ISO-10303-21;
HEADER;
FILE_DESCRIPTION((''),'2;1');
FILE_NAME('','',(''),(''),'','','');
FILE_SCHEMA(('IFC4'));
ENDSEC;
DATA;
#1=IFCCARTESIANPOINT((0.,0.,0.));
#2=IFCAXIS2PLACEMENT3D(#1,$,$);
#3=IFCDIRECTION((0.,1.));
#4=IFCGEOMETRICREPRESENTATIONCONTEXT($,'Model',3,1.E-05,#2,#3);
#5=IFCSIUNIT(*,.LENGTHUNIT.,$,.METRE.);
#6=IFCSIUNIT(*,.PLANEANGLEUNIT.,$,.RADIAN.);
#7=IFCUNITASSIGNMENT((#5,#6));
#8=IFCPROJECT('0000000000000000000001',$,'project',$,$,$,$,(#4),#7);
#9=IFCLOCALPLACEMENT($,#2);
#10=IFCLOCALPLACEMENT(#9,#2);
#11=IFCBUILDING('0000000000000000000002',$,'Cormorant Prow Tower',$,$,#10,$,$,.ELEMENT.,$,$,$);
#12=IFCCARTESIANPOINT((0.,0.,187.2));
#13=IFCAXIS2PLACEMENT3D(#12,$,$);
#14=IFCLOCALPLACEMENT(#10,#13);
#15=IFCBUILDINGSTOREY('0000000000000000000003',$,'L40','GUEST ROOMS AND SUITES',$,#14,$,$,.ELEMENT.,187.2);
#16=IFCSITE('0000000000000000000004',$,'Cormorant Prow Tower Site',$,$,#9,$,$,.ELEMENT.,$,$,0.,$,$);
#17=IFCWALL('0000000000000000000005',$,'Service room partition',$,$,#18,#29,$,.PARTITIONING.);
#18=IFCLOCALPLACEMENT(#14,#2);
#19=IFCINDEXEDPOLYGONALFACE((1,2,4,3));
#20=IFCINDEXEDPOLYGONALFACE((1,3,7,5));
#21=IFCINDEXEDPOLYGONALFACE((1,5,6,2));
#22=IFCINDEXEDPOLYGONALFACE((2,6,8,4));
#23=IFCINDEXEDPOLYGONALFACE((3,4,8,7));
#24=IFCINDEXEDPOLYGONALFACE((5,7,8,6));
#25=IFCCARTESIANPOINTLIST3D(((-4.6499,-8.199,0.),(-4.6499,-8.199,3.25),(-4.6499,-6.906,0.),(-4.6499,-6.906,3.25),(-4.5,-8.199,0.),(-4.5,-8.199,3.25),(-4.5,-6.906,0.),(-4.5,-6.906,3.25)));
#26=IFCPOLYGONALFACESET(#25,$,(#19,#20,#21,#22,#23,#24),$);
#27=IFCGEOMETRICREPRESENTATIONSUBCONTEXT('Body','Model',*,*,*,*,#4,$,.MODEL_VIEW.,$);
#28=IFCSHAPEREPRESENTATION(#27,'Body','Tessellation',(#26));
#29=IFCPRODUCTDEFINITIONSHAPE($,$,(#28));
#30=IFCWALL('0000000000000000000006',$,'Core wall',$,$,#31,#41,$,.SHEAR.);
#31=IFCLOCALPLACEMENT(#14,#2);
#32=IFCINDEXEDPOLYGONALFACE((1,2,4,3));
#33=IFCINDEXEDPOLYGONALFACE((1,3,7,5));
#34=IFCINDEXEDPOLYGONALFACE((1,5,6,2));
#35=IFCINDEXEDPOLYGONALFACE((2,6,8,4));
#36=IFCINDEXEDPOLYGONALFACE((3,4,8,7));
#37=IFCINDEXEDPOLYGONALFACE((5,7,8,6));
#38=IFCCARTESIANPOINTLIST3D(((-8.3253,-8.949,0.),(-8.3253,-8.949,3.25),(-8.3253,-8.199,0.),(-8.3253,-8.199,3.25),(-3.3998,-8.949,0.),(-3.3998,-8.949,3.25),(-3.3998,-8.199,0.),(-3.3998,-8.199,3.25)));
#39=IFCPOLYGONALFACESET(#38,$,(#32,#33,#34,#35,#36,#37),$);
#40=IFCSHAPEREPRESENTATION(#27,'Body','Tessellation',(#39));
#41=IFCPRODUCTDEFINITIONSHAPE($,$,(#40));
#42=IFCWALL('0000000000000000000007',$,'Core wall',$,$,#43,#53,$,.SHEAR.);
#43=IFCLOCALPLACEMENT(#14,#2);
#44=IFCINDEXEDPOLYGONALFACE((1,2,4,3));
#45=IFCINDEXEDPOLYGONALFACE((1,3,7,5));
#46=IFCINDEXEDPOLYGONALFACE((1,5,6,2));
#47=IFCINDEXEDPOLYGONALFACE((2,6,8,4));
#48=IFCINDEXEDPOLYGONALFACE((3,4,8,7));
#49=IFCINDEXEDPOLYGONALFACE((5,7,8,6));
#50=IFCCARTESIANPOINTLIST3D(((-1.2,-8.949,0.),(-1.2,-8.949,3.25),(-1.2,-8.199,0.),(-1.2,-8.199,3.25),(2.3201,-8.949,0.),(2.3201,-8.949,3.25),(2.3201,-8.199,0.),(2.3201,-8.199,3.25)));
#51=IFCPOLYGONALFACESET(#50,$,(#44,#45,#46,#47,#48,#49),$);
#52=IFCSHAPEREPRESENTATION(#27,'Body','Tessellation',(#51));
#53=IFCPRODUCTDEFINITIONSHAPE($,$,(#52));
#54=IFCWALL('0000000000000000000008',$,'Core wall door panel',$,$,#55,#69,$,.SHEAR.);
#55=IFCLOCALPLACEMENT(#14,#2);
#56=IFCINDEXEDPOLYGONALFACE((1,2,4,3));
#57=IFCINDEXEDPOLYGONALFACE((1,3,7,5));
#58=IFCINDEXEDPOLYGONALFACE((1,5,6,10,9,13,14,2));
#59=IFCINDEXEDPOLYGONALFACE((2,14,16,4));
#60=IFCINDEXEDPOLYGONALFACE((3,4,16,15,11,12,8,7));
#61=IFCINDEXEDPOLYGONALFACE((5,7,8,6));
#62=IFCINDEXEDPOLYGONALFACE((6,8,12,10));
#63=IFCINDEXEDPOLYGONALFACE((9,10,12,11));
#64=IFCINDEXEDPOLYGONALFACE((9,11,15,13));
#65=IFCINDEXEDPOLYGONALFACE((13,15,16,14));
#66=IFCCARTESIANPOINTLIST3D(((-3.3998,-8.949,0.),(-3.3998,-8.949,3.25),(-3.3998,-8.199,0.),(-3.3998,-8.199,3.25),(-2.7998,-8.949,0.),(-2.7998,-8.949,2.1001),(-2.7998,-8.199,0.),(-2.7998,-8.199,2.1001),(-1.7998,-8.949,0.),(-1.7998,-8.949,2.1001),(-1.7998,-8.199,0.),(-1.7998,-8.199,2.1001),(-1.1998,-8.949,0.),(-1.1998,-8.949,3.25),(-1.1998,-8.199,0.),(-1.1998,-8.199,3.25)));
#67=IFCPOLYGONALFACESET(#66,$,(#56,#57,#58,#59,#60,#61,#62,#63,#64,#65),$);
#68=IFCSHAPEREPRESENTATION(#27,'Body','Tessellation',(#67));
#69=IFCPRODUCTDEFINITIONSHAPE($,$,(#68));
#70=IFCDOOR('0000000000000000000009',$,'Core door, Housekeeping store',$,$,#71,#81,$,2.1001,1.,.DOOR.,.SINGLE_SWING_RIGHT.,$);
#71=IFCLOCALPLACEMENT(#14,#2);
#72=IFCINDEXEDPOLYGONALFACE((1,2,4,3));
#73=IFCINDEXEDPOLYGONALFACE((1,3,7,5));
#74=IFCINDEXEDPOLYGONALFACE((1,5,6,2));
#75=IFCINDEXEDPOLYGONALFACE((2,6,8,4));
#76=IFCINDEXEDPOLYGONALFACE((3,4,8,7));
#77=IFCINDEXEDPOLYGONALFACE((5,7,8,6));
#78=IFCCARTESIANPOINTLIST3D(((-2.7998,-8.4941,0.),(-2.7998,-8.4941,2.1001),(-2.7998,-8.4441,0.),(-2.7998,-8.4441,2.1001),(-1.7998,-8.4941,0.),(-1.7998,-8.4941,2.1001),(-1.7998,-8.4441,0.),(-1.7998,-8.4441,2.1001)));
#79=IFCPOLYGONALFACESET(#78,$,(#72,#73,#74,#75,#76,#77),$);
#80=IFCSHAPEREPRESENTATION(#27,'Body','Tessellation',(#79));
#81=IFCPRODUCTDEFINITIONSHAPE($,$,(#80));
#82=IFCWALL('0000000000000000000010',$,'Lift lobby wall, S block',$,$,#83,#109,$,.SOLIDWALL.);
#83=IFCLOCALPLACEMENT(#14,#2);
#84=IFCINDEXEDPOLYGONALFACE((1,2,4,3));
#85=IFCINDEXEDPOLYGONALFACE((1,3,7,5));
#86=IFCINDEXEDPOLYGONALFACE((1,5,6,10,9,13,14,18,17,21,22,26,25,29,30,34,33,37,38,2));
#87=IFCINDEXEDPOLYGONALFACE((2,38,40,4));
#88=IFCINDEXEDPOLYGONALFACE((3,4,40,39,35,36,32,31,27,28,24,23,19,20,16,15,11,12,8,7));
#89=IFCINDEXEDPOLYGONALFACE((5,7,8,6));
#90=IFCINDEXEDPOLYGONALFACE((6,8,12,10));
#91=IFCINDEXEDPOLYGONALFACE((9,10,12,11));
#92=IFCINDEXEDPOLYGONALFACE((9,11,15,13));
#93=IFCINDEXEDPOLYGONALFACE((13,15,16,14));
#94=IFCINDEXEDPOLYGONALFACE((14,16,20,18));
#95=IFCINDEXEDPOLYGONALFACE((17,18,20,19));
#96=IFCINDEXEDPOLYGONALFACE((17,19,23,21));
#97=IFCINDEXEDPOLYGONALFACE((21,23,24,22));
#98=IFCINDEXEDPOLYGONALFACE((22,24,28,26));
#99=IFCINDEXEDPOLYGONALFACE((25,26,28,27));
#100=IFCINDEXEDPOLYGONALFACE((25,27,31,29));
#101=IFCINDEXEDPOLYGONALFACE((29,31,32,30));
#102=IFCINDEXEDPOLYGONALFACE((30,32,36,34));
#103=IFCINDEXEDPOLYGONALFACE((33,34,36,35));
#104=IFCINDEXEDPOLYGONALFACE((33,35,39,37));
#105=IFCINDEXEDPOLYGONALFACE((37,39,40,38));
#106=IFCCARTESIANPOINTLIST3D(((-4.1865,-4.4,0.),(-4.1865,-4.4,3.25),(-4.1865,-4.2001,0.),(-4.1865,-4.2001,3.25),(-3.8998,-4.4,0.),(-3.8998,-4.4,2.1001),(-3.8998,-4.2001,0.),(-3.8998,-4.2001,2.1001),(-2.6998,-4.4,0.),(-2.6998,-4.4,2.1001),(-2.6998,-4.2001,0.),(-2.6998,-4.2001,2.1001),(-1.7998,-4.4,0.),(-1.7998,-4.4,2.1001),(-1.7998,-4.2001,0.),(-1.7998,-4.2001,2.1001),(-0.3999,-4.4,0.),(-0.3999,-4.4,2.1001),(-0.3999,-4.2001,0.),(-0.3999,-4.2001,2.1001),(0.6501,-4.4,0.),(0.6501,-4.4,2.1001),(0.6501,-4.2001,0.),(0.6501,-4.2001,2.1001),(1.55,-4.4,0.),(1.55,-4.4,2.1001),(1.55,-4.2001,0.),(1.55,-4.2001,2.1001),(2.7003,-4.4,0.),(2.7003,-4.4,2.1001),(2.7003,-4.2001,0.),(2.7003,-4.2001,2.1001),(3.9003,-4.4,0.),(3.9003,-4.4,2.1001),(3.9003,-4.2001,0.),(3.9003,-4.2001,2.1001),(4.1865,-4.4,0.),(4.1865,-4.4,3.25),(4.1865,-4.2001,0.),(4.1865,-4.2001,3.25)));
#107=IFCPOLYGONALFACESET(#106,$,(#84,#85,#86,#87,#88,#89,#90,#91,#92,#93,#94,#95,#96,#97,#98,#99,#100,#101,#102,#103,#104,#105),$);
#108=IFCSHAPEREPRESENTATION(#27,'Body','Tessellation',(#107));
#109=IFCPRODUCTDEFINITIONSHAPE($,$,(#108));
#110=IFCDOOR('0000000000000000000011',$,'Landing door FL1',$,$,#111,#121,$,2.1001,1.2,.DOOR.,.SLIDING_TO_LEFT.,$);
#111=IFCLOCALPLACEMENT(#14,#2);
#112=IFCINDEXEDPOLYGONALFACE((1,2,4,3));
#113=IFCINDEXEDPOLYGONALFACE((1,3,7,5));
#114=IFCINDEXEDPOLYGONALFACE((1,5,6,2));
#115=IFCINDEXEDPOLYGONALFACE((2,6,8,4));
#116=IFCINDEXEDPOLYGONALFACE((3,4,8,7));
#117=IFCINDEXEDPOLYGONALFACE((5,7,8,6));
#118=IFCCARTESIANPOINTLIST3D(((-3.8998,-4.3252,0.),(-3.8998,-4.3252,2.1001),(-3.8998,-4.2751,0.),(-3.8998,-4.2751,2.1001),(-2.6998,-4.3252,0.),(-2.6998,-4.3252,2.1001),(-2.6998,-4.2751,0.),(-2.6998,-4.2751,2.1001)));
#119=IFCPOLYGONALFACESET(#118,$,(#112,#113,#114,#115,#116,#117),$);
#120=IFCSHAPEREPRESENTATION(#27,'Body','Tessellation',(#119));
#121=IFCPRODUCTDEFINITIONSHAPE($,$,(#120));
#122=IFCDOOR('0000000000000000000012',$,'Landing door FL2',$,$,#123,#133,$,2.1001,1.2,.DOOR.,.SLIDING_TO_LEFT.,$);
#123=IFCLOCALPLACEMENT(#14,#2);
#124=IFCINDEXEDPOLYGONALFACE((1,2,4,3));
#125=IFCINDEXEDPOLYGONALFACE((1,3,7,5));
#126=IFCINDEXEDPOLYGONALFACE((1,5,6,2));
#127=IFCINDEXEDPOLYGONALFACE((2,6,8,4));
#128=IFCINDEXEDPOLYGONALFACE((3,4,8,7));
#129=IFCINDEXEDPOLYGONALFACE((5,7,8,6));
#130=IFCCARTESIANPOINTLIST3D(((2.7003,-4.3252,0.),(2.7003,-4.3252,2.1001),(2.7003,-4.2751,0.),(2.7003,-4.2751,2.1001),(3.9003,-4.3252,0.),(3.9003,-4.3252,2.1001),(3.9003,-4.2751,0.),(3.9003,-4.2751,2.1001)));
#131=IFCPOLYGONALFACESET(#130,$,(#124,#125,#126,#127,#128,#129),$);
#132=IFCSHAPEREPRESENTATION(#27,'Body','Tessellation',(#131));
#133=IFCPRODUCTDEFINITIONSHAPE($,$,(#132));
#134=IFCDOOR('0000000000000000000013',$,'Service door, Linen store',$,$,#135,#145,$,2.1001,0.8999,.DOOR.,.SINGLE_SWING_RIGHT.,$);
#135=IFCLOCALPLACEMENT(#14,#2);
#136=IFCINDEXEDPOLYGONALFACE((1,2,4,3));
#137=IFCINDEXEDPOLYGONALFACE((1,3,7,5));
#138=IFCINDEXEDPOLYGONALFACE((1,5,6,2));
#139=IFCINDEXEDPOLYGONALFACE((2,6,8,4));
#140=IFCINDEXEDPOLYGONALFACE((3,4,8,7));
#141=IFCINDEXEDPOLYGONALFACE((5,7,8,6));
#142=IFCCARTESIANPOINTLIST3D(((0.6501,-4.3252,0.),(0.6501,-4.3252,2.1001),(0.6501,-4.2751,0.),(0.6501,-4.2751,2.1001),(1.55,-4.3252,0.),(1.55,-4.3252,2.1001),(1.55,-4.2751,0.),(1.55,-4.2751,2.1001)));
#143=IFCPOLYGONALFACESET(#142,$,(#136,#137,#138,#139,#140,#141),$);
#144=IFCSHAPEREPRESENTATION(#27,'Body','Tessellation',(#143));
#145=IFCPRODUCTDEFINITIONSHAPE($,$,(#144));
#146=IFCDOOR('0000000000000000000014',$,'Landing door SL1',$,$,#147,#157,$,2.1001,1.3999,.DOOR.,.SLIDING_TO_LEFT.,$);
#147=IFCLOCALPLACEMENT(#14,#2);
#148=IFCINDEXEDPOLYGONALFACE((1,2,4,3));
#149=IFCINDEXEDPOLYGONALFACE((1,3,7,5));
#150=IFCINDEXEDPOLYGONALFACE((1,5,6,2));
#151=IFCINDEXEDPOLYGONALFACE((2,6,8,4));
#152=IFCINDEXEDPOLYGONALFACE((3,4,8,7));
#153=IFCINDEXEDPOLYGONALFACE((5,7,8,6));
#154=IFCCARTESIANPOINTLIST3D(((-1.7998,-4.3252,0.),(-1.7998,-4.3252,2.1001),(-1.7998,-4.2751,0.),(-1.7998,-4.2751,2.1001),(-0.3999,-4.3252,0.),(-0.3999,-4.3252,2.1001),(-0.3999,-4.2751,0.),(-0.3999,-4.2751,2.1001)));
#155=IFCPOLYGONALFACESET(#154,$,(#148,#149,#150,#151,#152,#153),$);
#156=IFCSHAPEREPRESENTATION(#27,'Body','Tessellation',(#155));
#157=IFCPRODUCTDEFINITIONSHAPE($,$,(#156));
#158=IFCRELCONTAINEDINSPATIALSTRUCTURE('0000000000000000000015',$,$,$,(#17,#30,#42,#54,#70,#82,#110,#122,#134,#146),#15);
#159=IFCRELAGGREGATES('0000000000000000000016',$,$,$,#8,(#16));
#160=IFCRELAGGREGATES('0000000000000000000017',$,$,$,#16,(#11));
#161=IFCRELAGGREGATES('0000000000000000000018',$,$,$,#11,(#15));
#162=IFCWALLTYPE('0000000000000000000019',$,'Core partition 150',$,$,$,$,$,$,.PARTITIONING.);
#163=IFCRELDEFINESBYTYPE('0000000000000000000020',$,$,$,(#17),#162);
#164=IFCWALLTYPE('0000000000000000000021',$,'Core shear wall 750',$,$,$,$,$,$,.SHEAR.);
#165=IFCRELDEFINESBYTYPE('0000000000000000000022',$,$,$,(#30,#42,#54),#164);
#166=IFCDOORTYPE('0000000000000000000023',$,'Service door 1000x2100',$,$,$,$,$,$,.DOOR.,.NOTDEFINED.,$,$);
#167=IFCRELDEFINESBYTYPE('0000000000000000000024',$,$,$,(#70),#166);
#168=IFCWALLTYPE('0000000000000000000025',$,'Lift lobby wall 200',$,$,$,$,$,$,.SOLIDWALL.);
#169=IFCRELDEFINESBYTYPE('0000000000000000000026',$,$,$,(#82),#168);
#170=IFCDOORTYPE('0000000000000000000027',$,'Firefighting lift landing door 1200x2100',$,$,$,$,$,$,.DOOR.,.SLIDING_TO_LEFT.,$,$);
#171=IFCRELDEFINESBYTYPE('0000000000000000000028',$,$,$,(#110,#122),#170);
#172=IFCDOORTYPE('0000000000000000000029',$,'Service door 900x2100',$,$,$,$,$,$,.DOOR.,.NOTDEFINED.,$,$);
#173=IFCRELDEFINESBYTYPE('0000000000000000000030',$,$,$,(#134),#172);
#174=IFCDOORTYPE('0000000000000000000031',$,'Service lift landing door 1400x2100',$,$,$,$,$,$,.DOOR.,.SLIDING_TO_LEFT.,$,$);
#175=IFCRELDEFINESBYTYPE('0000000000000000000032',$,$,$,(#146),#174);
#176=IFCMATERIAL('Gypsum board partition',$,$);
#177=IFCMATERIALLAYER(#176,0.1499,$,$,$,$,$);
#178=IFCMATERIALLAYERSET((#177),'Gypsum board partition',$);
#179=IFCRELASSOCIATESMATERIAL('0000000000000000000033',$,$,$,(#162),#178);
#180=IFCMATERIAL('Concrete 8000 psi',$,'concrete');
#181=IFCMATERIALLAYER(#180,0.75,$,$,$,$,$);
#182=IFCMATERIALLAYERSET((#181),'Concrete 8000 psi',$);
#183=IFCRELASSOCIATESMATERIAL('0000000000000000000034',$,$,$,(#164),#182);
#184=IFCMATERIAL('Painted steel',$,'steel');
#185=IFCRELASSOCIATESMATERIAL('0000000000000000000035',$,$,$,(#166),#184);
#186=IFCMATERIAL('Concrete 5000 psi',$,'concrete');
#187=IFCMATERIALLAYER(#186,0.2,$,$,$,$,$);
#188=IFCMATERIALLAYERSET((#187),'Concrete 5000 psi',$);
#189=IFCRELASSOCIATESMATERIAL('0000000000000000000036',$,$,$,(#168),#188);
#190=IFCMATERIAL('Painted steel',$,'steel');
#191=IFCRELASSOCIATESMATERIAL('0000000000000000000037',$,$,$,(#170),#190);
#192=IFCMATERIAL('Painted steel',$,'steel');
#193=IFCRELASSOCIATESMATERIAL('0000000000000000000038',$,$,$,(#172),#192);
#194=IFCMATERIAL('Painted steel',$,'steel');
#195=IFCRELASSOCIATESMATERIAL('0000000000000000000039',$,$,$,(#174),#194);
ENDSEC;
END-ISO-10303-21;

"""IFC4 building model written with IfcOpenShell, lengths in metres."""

from ifc_helpers import new_model, si_unit, direction, frame, frame_2d, origin, place, context, subcontext, project, spatial, rectangle, extrude, material, layer, layer_set, type_object, element, fill, save


model = new_model("IFC4")

# Units and contexts
model_context = context("Model", 3, precision=1e-05, world=origin(), true_north=direction((0.0, 1.0)))
body_context = subcontext(model_context, "Body", "Model", "MODEL_VIEW")
ifc_project = project(units=[si_unit("LENGTHUNIT", "METRE"), si_unit("PLANEANGLEUNIT", "RADIAN")], contexts=[model_context])

# Site, building, storey
site_placement = place(None, origin())
site = spatial("IfcSite", under=ifc_project, at=site_placement, Name="Cormorant Prow Tower Site", CompositionType="ELEMENT", RefElevation=0.0)
building_placement = place(site_placement, origin())
building = spatial("IfcBuilding", under=site, at=building_placement, Name="Cormorant Prow Tower", CompositionType="ELEMENT")
storey_placement = place(building_placement, frame((0.0, 0.0, 187.2)))
storey = spatial("IfcBuildingStorey", under=building, at=storey_placement, Name="L40", Description="GUEST ROOMS AND SUITES", CompositionType="ELEMENT", Elevation=187.2)

# Walls
ifc_material_1 = material(Name="Gypsum board partition")
ifc_layer_1 = layer(ifc_material_1, 0.1499)
ifc_layer_set_1 = layer_set([ifc_layer_1], Name="Gypsum board partition")
wall_type_1 = type_object("IfcWallType", Name="Core partition 150", PredefinedType="PARTITIONING", material=ifc_layer_set_1)
wall_1_placement = place(storey_placement, frame((-4.575, -6.906, 0.0), z_axis=(0.0, 0.0, 1.0), x_axis=(0.0, -1.0, 0.0)))
element("IfcWall", 1, at=wall_1_placement, inside=storey, type_object=wall_type_1, Name="Service room partition", PredefinedType="PARTITIONING", context=body_context, shape_type="SweptSolid", body=[
    extrude(rectangle(XDim=1.293, YDim=0.1499, at=frame_2d((0.6465, 0.0))), origin(), (0.0, 0.0, 1.0), 3.25),
])
ifc_material_2 = material(Name="Concrete 8000 psi", Category="concrete")
ifc_layer_2 = layer(ifc_material_2, 0.75)
ifc_layer_set_2 = layer_set([ifc_layer_2], Name="Concrete 8000 psi")
wall_type_2 = type_object("IfcWallType", Name="Core shear wall 750", PredefinedType="SHEAR", material=ifc_layer_set_2)
wall_2_placement = place(storey_placement, frame((-8.3254, -8.574, 0.0), z_axis=(0.0, 0.0, 1.0), x_axis=(1.0, 0.0, 0.0)))
element("IfcWall", 2, at=wall_2_placement, inside=storey, type_object=wall_type_2, Name="Core wall", PredefinedType="SHEAR", context=body_context, shape_type="SweptSolid", body=[
    extrude(rectangle(XDim=4.9255, YDim=0.75, at=frame_2d((2.4629, 0.0))), origin(), (0.0, 0.0, 1.0), 3.25),
])
wall_3_placement = place(storey_placement, frame((-1.2, -8.574, 0.0), z_axis=(0.0, 0.0, 1.0), x_axis=(1.0, 0.0, 0.0)))
element("IfcWall", 3, at=wall_3_placement, inside=storey, type_object=wall_type_2, Name="Core wall", PredefinedType="SHEAR", context=body_context, shape_type="SweptSolid", body=[
    extrude(rectangle(XDim=3.52, YDim=0.75, at=frame_2d((1.76, 0.0))), origin(), (0.0, 0.0, 1.0), 3.25),
])

# Wall, opening, door
wall_4_placement = place(storey_placement, frame((-3.3999, -8.574, 0.0), z_axis=(0.0, 0.0, 1.0), x_axis=(1.0, 0.0, 0.0)))
wall_4 = element("IfcWall", 4, at=wall_4_placement, inside=storey, type_object=wall_type_2, Name="Core wall door panel", PredefinedType="SHEAR", context=body_context, shape_type="SweptSolid", body=[
    extrude(rectangle(XDim=2.2, YDim=0.75, at=frame_2d((1.1001, 0.0))), origin(), (0.0, 0.0, 1.0), 3.25),
])
opening_1_placement = place(wall_4_placement, frame((0.6001, 0.0, 0.0)))
opening_1 = element("IfcOpeningElement", 5, at=opening_1_placement, cuts=wall_4, PredefinedType="OPENING", context=body_context, shape_type="SweptSolid", body=[
    extrude(rectangle(XDim=1.0, YDim=2.1001, at=frame_2d((0.5, 1.05))), frame((0.0, 0.385, 0.0), z_axis=(0.0, -1.0, 0.0), x_axis=(1.0, 0.0, 0.0)), (0.0, 0.0, 1.0), 0.77),
])
ifc_material_3 = material(Name="Painted steel", Category="steel")
door_type_1 = type_object("IfcDoorType", Name="Service door 1000x2100", OperationType="NOTDEFINED", PredefinedType="DOOR", material=ifc_material_3)
door_1_placement = place(opening_1_placement, origin())
door_1 = element("IfcDoor", 6, at=door_1_placement, inside=storey, type_object=door_type_1, Name="Core door, Housekeeping store", OperationType="SINGLE_SWING_RIGHT", OverallHeight=2.1001, OverallWidth=1.0, PredefinedType="DOOR", context=body_context, shape_type="SweptSolid", body=[
    extrude(rectangle(XDim=1.0, YDim=2.1001, at=frame_2d((0.5, 1.05))), frame((0.0, 0.1299, 0.0), z_axis=(0.0, -1.0, 0.0), x_axis=(1.0, 0.0, 0.0)), (0.0, 0.0, 1.0), 0.05),
])
fill(opening_1, door_1)

# Wall, openings, doors
ifc_material_4 = material(Name="Concrete 5000 psi", Category="concrete")
ifc_layer_3 = layer(ifc_material_4, 0.2)
ifc_layer_set_3 = layer_set([ifc_layer_3], Name="Concrete 5000 psi")
wall_type_3 = type_object("IfcWallType", Name="Lift lobby wall 200", PredefinedType="SOLIDWALL", material=ifc_layer_set_3)
wall_5_placement = place(storey_placement, frame((-4.1865, -4.3, 0.0), z_axis=(0.0, 0.0, 1.0), x_axis=(1.0, 0.0, 0.0)))
wall_5 = element("IfcWall", 7, at=wall_5_placement, inside=storey, type_object=wall_type_3, Name="Lift lobby wall, S block", PredefinedType="SOLIDWALL", context=body_context, shape_type="SweptSolid", body=[
    extrude(rectangle(XDim=8.373, YDim=0.2, at=frame_2d((4.1865, 0.0))), origin(), (0.0, 0.0, 1.0), 3.25),
])
opening_2_placement = place(wall_5_placement, frame((0.2866, 0.0, 0.0)))
opening_2 = element("IfcOpeningElement", 8, at=opening_2_placement, cuts=wall_5, PredefinedType="OPENING", context=body_context, shape_type="SweptSolid", body=[
    extrude(rectangle(XDim=1.2, YDim=2.1001, at=frame_2d((0.6001, 1.05))), frame((0.0, 0.1099, 0.0), z_axis=(0.0, -1.0, 0.0), x_axis=(1.0, 0.0, 0.0)), (0.0, 0.0, 1.0), 0.22),
])
opening_3_placement = place(wall_5_placement, frame((2.3867, 0.0, 0.0)))
opening_3 = element("IfcOpeningElement", 9, at=opening_3_placement, cuts=wall_5, PredefinedType="OPENING", context=body_context, shape_type="SweptSolid", body=[
    extrude(rectangle(XDim=1.3999, YDim=2.1001, at=frame_2d((0.7, 1.05))), frame((0.0, 0.1099, 0.0), z_axis=(0.0, -1.0, 0.0), x_axis=(1.0, 0.0, 0.0)), (0.0, 0.0, 1.0), 0.22),
])
opening_4_placement = place(wall_5_placement, frame((4.8367, 0.0, 0.0)))
opening_4 = element("IfcOpeningElement", 10, at=opening_4_placement, cuts=wall_5, PredefinedType="OPENING", context=body_context, shape_type="SweptSolid", body=[
    extrude(rectangle(XDim=0.8999, YDim=2.1001, at=frame_2d((0.45, 1.05))), frame((0.0, 0.1099, 0.0), z_axis=(0.0, -1.0, 0.0), x_axis=(1.0, 0.0, 0.0)), (0.0, 0.0, 1.0), 0.22),
])
opening_5_placement = place(wall_5_placement, frame((6.8867, 0.0, 0.0)))
opening_5 = element("IfcOpeningElement", 11, at=opening_5_placement, cuts=wall_5, PredefinedType="OPENING", context=body_context, shape_type="SweptSolid", body=[
    extrude(rectangle(XDim=1.2, YDim=2.1001, at=frame_2d((0.6001, 1.05))), frame((0.0, 0.1099, 0.0), z_axis=(0.0, -1.0, 0.0), x_axis=(1.0, 0.0, 0.0)), (0.0, 0.0, 1.0), 0.22),
])
ifc_material_5 = material(Name="Painted steel", Category="steel")
door_type_2 = type_object("IfcDoorType", Name="Firefighting lift landing door 1200x2100", OperationType="SLIDING_TO_LEFT", PredefinedType="DOOR", material=ifc_material_5)
door_2_placement = place(opening_2_placement, origin())
door_2 = element("IfcDoor", 12, at=door_2_placement, inside=storey, type_object=door_type_2, Name="Landing door FL1", OperationType="SLIDING_TO_LEFT", OverallHeight=2.1001, OverallWidth=1.2, PredefinedType="DOOR", context=body_context, shape_type="SweptSolid", body=[
    extrude(rectangle(XDim=1.2, YDim=2.1001, at=frame_2d((0.6001, 1.05))), frame((0.0, 0.0249, 0.0), z_axis=(0.0, -1.0, 0.0), x_axis=(1.0, 0.0, 0.0)), (0.0, 0.0, 1.0), 0.05),
])
fill(opening_2, door_2)
door_3_placement = place(opening_5_placement, origin())
door_3 = element("IfcDoor", 13, at=door_3_placement, inside=storey, type_object=door_type_2, Name="Landing door FL2", OperationType="SLIDING_TO_LEFT", OverallHeight=2.1001, OverallWidth=1.2, PredefinedType="DOOR", context=body_context, shape_type="SweptSolid", body=[
    extrude(rectangle(XDim=1.2, YDim=2.1001, at=frame_2d((0.6001, 1.05))), frame((0.0, 0.0249, 0.0), z_axis=(0.0, -1.0, 0.0), x_axis=(1.0, 0.0, 0.0)), (0.0, 0.0, 1.0), 0.05),
])
fill(opening_5, door_3)
ifc_material_6 = material(Name="Painted steel", Category="steel")
door_type_3 = type_object("IfcDoorType", Name="Service door 900x2100", OperationType="NOTDEFINED", PredefinedType="DOOR", material=ifc_material_6)
door_4_placement = place(opening_4_placement, origin())
door_4 = element("IfcDoor", 14, at=door_4_placement, inside=storey, type_object=door_type_3, Name="Service door, Linen store", OperationType="SINGLE_SWING_RIGHT", OverallHeight=2.1001, OverallWidth=0.8999, PredefinedType="DOOR", context=body_context, shape_type="SweptSolid", body=[
    extrude(rectangle(XDim=0.8999, YDim=2.1001, at=frame_2d((0.45, 1.05))), frame((0.0, 0.0249, 0.0), z_axis=(0.0, -1.0, 0.0), x_axis=(1.0, 0.0, 0.0)), (0.0, 0.0, 1.0), 0.05),
])
fill(opening_4, door_4)
ifc_material_7 = material(Name="Painted steel", Category="steel")
door_type_4 = type_object("IfcDoorType", Name="Service lift landing door 1400x2100", OperationType="SLIDING_TO_LEFT", PredefinedType="DOOR", material=ifc_material_7)
door_5_placement = place(opening_3_placement, origin())
door_5 = element("IfcDoor", 15, at=door_5_placement, inside=storey, type_object=door_type_4, Name="Landing door SL1", OperationType="SLIDING_TO_LEFT", OverallHeight=2.1001, OverallWidth=1.3999, PredefinedType="DOOR", context=body_context, shape_type="SweptSolid", body=[
    extrude(rectangle(XDim=1.3999, YDim=2.1001, at=frame_2d((0.7, 1.05))), frame((0.0, 0.0249, 0.0), z_axis=(0.0, -1.0, 0.0), x_axis=(1.0, 0.0, 0.0)), (0.0, 0.0, 1.0), 0.05),
])
fill(opening_3, door_5)

save(model, "model.ifc")
